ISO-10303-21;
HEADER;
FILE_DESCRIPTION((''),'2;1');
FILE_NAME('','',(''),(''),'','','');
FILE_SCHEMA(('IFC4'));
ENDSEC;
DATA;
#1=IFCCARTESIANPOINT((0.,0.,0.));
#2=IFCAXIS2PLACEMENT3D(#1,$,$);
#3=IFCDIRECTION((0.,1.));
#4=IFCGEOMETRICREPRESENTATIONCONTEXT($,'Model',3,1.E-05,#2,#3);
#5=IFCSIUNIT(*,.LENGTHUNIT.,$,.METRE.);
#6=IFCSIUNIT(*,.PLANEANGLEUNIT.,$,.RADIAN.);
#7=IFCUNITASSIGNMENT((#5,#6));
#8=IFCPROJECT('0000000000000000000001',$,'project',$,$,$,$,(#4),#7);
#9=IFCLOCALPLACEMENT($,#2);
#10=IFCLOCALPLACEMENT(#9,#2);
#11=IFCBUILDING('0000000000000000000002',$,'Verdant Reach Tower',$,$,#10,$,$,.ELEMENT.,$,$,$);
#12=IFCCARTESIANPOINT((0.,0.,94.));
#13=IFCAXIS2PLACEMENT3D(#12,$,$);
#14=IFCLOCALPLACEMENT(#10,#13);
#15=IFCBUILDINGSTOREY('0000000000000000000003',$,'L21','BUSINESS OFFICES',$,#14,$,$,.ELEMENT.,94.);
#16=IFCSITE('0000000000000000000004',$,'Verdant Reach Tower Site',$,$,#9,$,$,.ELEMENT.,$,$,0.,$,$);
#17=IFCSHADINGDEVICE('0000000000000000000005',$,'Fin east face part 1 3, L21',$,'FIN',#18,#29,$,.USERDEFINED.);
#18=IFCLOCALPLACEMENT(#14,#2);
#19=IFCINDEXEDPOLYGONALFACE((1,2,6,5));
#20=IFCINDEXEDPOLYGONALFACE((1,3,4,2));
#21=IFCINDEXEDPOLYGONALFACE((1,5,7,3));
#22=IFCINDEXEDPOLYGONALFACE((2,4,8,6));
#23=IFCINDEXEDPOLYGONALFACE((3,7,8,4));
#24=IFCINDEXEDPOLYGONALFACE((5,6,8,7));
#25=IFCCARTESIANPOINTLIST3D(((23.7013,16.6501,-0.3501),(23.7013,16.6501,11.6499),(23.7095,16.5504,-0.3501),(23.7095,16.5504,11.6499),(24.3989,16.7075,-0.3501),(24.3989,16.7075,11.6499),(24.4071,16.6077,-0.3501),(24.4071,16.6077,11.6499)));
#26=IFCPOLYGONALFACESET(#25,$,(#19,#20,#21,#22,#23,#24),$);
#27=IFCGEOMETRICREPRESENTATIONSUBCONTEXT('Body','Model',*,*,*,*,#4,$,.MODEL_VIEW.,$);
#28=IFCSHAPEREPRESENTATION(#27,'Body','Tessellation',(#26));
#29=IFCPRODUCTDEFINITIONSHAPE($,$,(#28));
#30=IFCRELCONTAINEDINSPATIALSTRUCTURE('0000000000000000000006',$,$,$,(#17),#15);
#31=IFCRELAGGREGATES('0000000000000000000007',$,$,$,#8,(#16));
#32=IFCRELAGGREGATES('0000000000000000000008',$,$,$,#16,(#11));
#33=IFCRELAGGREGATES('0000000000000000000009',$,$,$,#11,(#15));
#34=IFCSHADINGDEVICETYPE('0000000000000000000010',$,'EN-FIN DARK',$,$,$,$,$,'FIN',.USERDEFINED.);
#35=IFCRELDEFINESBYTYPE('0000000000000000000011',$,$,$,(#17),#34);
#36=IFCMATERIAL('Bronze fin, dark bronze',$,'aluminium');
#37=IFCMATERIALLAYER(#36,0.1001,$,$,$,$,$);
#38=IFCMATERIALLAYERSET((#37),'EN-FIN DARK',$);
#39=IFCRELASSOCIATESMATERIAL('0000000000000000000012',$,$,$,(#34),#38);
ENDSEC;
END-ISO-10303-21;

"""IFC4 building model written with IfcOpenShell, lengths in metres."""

from ifc_helpers import new_model, si_unit, direction, frame, origin, origin_2d, place, context, subcontext, project, spatial, rectangle, extrude, material, layer, layer_set, type_object, element, save


model = new_model("IFC4")

# Units and contexts
model_context = context("Model", 3, precision=1e-05, world=origin(), true_north=direction((0.0, 1.0)))
body_context = subcontext(model_context, "Body", "Model", "MODEL_VIEW")
ifc_project = project(units=[si_unit("LENGTHUNIT", "METRE"), si_unit("PLANEANGLEUNIT", "RADIAN")], contexts=[model_context])

# Site, building, storey
site_placement = place(None, origin())
site = spatial("IfcSite", under=ifc_project, at=site_placement, Name="Verdant Reach Tower Site", CompositionType="ELEMENT", RefElevation=0.0)
building_placement = place(site_placement, origin())
building = spatial("IfcBuilding", under=site, at=building_placement, Name="Verdant Reach Tower", CompositionType="ELEMENT")
storey_placement = place(building_placement, frame((0.0, 0.0, 94.0)))
storey = spatial("IfcBuildingStorey", under=building, at=storey_placement, Name="L21", Description="BUSINESS OFFICES", CompositionType="ELEMENT", Elevation=94.0)

# Shading device
ifc_material_1 = material(Name="Bronze fin, dark bronze", Category="aluminium")
ifc_layer_1 = layer(ifc_material_1, 0.1001)
ifc_layer_set_1 = layer_set([ifc_layer_1], Name="EN-FIN DARK")
shading_device_type_1 = type_object("IfcShadingDeviceType", Name="EN-FIN DARK", ElementType="FIN", PredefinedType="USERDEFINED", material=ifc_layer_set_1)
shading_device_1_placement = place(storey_placement, frame((24.0542, 16.6289, -0.3501), z_axis=(0.0, 0.0, 1.0), x_axis=(-0.081916, 0.996639, 0.0)))
element("IfcShadingDevice", 1, at=shading_device_1_placement, inside=storey, type_object=shading_device_type_1, Name="Fin east face part 1 3, L21", ObjectType="FIN", PredefinedType="USERDEFINED", context=body_context, shape_type="SweptSolid", body=[
    extrude(rectangle(XDim=0.1001, YDim=0.7, at=origin_2d()), origin(), (0.0, 0.0, 1.0), 12.0),
])

save(model, "model.ifc")
